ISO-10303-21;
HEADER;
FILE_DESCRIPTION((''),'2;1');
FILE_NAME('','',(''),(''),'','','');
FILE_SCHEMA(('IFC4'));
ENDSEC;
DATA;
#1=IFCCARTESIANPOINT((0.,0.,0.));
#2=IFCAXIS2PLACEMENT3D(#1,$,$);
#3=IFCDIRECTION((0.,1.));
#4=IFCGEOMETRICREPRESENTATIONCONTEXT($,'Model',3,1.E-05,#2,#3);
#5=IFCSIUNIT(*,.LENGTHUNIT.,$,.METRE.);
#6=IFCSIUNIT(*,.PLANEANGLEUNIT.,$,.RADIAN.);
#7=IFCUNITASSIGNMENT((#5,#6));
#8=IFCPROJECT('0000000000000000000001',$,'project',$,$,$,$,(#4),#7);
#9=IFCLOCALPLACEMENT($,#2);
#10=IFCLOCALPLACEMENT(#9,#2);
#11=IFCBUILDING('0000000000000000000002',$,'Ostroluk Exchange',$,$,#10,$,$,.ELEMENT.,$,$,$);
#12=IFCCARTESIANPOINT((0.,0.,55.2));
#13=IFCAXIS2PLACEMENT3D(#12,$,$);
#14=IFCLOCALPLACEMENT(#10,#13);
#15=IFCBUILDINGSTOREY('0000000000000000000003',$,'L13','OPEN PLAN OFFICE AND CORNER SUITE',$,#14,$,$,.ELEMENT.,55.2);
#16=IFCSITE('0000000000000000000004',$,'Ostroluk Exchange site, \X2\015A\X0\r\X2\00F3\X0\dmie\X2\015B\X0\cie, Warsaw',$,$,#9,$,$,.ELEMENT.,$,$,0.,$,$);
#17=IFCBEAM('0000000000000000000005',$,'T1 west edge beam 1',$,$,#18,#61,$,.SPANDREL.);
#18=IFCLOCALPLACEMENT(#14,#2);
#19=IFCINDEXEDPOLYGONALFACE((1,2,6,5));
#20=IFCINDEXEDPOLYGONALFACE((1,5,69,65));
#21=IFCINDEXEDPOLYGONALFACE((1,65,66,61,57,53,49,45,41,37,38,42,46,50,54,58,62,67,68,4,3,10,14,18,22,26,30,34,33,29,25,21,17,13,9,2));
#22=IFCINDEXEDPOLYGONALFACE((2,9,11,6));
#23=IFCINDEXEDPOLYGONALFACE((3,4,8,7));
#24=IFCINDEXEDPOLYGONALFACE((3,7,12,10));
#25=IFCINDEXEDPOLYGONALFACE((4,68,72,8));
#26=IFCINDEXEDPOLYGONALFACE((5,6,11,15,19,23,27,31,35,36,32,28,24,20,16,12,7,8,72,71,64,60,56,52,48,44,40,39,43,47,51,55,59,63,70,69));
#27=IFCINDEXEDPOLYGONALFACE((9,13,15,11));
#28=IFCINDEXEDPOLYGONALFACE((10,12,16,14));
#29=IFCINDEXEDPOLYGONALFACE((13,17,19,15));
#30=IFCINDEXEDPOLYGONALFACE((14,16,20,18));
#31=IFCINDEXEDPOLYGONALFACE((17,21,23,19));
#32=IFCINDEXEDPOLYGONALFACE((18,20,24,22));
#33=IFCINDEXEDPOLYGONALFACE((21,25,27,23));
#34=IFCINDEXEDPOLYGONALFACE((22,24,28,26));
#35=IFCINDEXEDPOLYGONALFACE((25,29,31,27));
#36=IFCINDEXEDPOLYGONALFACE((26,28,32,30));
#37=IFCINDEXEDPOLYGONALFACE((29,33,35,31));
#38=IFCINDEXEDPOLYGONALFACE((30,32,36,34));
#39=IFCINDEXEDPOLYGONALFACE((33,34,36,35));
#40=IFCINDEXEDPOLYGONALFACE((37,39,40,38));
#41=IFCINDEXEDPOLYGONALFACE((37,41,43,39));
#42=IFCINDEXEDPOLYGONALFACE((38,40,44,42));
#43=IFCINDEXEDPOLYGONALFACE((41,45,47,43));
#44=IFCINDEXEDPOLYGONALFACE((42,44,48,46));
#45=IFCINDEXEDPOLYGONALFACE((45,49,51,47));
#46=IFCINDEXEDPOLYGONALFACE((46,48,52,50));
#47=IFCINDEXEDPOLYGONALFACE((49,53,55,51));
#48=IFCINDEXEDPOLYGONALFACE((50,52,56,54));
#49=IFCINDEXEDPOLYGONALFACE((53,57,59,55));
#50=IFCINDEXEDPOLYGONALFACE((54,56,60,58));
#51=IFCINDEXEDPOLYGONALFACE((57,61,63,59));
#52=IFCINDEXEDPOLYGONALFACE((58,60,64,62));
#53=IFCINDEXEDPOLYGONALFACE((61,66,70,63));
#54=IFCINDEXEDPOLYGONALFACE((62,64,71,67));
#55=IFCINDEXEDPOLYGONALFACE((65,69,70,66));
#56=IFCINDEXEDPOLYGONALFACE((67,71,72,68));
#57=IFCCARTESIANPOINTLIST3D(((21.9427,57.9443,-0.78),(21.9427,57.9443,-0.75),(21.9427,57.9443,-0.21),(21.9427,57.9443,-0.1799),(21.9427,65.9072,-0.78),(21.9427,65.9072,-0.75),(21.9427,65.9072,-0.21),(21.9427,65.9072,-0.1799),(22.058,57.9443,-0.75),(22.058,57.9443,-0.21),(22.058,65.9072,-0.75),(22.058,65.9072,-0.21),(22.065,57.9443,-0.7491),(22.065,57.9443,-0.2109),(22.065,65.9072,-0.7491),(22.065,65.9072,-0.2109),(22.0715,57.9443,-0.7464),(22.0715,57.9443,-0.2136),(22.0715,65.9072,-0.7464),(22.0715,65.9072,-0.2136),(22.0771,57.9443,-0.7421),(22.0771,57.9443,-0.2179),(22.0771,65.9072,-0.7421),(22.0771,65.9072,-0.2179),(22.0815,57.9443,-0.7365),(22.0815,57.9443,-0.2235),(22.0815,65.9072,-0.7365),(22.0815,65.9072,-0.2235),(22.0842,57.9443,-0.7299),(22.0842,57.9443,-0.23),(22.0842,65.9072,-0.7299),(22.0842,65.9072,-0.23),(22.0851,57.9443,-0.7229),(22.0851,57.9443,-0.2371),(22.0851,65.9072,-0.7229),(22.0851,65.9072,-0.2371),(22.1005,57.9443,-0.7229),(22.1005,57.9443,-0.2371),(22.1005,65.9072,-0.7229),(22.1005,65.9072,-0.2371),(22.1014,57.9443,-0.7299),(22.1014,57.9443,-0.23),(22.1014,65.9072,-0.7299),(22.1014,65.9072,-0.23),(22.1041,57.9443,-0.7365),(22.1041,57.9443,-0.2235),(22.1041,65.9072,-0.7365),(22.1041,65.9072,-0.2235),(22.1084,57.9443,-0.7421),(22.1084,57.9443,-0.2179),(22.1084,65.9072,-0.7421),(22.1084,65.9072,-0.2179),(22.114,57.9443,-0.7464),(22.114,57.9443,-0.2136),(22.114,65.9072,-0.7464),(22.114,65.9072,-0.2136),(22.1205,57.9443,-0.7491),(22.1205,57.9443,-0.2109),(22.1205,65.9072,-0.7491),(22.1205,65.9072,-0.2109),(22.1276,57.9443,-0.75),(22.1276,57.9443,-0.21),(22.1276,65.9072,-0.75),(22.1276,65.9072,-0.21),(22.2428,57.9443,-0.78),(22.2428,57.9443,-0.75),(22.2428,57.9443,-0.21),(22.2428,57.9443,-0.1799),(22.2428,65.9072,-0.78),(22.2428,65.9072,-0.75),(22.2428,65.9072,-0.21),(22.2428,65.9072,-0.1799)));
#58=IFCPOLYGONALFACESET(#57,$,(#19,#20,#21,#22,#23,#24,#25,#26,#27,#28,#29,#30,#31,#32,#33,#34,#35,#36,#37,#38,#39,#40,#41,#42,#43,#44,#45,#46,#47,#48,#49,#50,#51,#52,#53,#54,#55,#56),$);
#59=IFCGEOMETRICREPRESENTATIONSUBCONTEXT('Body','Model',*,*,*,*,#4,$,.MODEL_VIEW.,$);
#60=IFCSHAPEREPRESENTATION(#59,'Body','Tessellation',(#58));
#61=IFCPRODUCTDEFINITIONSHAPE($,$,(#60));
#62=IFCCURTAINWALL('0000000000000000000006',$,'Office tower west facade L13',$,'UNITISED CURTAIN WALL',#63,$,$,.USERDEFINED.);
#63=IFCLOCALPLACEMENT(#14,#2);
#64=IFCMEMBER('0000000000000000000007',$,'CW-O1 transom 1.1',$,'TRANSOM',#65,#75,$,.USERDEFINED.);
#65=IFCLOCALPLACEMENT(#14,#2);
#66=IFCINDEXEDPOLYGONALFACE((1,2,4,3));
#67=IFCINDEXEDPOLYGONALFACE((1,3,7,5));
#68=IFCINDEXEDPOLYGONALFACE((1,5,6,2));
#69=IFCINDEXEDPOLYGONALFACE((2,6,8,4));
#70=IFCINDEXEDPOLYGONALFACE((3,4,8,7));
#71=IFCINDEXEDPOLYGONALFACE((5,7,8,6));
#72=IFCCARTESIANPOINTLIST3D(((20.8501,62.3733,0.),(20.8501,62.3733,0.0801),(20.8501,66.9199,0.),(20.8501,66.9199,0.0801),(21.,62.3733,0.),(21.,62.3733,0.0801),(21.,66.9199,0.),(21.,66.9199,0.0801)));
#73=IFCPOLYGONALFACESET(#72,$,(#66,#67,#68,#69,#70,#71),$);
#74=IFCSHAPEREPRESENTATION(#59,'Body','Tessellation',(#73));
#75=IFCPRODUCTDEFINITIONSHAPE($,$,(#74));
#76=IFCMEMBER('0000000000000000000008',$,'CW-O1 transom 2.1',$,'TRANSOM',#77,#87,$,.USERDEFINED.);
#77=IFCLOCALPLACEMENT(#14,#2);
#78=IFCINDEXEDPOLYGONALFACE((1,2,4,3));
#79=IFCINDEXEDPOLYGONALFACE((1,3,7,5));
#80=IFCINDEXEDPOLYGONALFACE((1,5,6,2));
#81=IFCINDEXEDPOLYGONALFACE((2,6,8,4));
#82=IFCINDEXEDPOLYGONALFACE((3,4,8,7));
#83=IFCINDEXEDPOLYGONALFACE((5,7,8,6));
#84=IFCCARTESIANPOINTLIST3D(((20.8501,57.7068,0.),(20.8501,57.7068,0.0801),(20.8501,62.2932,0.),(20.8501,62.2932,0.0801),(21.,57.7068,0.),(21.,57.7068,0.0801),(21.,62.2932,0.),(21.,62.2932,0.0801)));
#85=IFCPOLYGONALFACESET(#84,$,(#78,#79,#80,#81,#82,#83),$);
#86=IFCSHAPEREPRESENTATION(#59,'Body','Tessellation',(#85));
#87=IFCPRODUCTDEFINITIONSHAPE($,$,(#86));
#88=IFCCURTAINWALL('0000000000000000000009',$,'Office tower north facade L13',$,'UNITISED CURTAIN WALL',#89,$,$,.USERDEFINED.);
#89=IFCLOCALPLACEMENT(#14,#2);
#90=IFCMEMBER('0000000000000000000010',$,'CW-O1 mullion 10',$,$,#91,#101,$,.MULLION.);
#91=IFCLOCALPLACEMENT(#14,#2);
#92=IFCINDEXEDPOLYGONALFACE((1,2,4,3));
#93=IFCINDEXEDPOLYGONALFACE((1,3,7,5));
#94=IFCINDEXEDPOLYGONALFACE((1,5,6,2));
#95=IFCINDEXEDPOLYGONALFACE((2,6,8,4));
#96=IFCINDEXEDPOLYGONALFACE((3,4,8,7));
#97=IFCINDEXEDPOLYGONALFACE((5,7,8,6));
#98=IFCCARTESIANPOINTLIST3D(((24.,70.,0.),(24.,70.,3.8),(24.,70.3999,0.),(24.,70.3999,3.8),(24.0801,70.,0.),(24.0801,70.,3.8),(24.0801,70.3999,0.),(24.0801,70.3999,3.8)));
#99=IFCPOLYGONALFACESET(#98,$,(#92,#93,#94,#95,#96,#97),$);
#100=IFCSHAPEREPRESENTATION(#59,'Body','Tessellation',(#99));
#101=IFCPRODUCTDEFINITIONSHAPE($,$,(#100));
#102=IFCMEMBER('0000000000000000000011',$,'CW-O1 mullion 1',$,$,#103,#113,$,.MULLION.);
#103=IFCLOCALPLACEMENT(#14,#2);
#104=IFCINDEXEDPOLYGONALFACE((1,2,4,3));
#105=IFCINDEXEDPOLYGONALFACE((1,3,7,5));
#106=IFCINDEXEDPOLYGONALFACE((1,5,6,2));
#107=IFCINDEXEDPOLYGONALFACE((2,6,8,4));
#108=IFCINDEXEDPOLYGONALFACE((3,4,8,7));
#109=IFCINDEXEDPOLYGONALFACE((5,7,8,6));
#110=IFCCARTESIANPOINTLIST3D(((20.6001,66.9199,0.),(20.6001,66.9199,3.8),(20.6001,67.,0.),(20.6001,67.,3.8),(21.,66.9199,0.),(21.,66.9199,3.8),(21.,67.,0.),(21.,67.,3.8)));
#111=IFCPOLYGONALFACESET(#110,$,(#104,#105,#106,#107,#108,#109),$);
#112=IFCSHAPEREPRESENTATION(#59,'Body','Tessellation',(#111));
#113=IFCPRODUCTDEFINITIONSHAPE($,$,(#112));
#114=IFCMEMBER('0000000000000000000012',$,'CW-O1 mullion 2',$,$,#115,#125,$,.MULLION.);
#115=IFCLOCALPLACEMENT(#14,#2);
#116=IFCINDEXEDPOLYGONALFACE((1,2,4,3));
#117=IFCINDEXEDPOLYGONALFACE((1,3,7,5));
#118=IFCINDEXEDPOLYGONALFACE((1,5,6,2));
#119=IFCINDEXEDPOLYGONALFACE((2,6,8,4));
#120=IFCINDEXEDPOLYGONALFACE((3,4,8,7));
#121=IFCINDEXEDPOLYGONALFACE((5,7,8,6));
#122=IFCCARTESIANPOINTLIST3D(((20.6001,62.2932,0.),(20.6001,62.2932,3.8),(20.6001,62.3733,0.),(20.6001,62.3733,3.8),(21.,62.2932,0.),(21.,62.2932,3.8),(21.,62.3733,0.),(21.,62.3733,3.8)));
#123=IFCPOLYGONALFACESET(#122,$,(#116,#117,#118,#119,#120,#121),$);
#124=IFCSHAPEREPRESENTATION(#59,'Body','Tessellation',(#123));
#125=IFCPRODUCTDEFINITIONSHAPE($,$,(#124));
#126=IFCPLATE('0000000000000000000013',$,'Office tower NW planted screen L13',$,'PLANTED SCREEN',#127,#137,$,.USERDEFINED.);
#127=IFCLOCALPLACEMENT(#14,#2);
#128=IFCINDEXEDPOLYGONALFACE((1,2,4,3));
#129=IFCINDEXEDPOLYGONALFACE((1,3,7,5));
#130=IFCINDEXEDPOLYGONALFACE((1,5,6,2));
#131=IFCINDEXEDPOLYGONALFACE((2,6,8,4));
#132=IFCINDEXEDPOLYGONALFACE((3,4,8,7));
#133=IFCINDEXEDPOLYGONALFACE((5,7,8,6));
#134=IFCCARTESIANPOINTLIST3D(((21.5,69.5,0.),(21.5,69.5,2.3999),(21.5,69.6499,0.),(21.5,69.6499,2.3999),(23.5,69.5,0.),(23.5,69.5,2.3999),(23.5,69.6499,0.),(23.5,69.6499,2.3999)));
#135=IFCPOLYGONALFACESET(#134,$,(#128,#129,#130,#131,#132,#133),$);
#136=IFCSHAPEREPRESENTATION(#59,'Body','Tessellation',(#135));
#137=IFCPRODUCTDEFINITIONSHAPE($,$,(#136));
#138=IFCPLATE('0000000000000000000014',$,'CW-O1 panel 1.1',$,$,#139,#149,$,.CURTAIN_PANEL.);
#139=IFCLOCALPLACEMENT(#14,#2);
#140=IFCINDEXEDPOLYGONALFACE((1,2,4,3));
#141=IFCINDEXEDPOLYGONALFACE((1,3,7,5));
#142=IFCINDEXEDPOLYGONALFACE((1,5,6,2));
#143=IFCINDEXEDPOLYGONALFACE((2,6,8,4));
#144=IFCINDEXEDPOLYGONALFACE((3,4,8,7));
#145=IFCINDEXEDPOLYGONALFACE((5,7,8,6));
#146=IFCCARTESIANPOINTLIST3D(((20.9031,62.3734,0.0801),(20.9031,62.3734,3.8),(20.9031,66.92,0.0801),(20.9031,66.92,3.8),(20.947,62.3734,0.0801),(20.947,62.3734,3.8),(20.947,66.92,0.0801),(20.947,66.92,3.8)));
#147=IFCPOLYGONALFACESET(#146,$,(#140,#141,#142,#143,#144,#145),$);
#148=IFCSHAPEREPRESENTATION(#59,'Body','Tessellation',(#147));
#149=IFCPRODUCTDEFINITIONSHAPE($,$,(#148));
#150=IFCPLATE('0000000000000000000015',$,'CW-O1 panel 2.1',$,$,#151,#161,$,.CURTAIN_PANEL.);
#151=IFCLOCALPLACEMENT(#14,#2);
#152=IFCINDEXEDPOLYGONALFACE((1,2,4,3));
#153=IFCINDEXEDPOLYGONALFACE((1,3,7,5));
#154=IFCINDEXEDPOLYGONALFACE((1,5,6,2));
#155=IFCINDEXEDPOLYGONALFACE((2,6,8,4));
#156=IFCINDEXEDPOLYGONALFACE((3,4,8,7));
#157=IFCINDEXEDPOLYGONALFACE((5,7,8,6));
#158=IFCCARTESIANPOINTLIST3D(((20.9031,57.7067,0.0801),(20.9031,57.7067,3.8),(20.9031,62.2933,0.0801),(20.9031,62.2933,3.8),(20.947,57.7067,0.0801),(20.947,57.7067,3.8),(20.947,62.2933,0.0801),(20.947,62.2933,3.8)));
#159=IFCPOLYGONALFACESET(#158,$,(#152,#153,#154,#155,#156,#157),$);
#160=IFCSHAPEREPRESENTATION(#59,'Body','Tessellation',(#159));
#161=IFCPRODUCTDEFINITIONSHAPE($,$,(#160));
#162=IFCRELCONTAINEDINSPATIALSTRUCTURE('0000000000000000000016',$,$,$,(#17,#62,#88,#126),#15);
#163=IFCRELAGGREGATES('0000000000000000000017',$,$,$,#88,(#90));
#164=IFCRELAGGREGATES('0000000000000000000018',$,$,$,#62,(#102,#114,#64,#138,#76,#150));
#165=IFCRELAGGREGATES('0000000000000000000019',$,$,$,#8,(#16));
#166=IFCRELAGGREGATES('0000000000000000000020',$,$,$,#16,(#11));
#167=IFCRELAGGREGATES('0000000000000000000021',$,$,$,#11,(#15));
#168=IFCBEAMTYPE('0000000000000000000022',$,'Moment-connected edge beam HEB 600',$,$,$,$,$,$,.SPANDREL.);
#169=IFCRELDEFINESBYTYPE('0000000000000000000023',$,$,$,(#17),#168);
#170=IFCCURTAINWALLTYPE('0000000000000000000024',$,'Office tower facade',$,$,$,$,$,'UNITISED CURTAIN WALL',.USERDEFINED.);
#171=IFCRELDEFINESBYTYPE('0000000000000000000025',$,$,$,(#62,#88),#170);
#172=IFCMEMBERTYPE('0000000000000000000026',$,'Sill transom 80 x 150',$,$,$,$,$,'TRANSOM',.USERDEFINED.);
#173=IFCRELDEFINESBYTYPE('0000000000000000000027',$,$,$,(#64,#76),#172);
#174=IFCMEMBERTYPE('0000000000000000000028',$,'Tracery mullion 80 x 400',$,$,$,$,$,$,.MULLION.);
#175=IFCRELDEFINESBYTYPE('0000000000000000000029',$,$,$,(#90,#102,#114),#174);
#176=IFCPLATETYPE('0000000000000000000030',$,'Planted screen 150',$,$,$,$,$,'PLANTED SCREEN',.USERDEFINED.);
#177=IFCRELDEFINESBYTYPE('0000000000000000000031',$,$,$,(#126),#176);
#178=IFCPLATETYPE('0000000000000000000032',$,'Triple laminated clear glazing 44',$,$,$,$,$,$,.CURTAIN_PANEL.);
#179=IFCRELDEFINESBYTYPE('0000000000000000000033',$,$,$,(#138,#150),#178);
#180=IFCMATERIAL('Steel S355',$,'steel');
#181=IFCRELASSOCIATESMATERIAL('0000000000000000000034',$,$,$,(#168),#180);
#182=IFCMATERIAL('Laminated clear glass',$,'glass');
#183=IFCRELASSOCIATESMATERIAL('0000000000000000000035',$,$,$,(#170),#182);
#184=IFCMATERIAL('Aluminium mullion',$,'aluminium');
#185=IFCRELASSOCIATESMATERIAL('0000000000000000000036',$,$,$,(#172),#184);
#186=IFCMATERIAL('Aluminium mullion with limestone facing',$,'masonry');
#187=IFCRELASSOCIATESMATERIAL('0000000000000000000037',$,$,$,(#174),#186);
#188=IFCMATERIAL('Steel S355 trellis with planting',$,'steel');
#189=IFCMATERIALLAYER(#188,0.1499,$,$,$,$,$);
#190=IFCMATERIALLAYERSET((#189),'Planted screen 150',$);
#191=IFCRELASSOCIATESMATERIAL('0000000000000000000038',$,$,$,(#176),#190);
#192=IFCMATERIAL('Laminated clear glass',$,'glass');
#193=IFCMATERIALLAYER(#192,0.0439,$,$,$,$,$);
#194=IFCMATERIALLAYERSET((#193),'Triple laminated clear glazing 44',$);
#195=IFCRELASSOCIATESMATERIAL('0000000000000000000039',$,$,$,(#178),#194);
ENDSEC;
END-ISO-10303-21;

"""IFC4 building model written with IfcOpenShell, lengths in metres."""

from ifc_helpers import new_model, si_unit, direction, frame, origin, origin_2d, place, context, subcontext, project, spatial, rectangle, i_section, extrude, material, layer, layer_set, material_profile, profile_set, type_object, element, aggregate, save


model = new_model("IFC4")

# Units and contexts
model_context = context("Model", 3, precision=1e-05, world=origin(), true_north=direction((0.0, 1.0)))
body_context = subcontext(model_context, "Body", "Model", "MODEL_VIEW")
ifc_project = project(units=[si_unit("LENGTHUNIT", "METRE"), si_unit("PLANEANGLEUNIT", "RADIAN")], contexts=[model_context])

# Site, building, storey
site_placement = place(None, origin())
site = spatial("IfcSite", under=ifc_project, at=site_placement, Name="Ostroluk Exchange site, Śródmieście, Warsaw", CompositionType="ELEMENT", RefElevation=0.0)
building_placement = place(site_placement, origin())
building = spatial("IfcBuilding", under=site, at=building_placement, Name="Ostroluk Exchange", CompositionType="ELEMENT")
storey_placement = place(building_placement, frame((0.0, 0.0, 55.2)))
storey = spatial("IfcBuildingStorey", under=building, at=storey_placement, Name="L13", Description="OPEN PLAN OFFICE AND CORNER SUITE", CompositionType="ELEMENT", Elevation=55.2)

# Beam
ifc_material_1 = material(Name="Steel S355", Category="steel")
ifc_material_profile_1 = material_profile(ifc_material_1, i_section(OverallWidth=0.3, OverallDepth=0.6001, WebThickness=0.0154, FlangeThickness=0.03, FilletRadius=0.0271, at=origin_2d()), Name="HEB 600")
ifc_profile_set_1 = profile_set([ifc_material_profile_1], Name="Steel S355")
beam_type_1 = type_object("IfcBeamType", Name="Moment-connected edge beam HEB 600", PredefinedType="SPANDREL", material=ifc_profile_set_1)
beam_placement = place(storey_placement, frame((22.0928, 65.9072, -0.48), z_axis=(0.0, -1.0, 0.0), x_axis=(1.0, 0.0, 0.0)))
element("IfcBeam", 1, at=beam_placement, inside=storey, type_object=beam_type_1, Name="T1 west edge beam 1", PredefinedType="SPANDREL", context=body_context, shape_type="SweptSolid", body=[
    extrude(i_section(OverallWidth=0.3, OverallDepth=0.6001, WebThickness=0.0154, FlangeThickness=0.03, FilletRadius=0.0271, at=origin_2d()), origin(), (0.0, 0.0, 1.0), 7.9629),
])

# Curtain wall, members
ifc_material_2 = material(Name="Laminated clear glass", Category="glass")
curtain_wall_type = type_object("IfcCurtainWallType", Name="Office tower facade", ElementType="UNITISED CURTAIN WALL", PredefinedType="USERDEFINED", material=ifc_material_2)
curtain_wall_1_placement = place(storey_placement, origin())
curtain_wall_1 = element("IfcCurtainWall", 2, at=curtain_wall_1_placement, inside=storey, type_object=curtain_wall_type, Name="Office tower west facade L13", ObjectType="UNITISED CURTAIN WALL", PredefinedType="USERDEFINED")
ifc_material_3 = material(Name="Aluminium mullion", Category="aluminium")
ifc_material_profile_2 = material_profile(ifc_material_3, rectangle(XDim=0.1499, YDim=0.0801, at=origin_2d()), Name="Sill transom 80 x 150")
ifc_profile_set_2 = profile_set([ifc_material_profile_2], Name="Aluminium mullion")
member_type_1 = type_object("IfcMemberType", Name="Sill transom 80 x 150", ElementType="TRANSOM", PredefinedType="USERDEFINED", material=ifc_profile_set_2)
member_1_placement = place(storey_placement, frame((20.925, 66.9199, 0.04), z_axis=(0.0, -1.0, 0.0), x_axis=(1.0, 0.0, 0.0)))
member_1 = element("IfcMember", 3, at=member_1_placement, type_object=member_type_1, Name="CW-O1 transom 1.1", ObjectType="TRANSOM", PredefinedType="USERDEFINED", context=body_context, shape_type="SweptSolid", body=[
    extrude(rectangle(XDim=0.1499, YDim=0.0801, at=origin_2d()), origin(), (0.0, 0.0, 1.0), 4.5466),
])
member_2_placement = place(storey_placement, frame((20.925, 62.2932, 0.04), z_axis=(0.0, -1.0, 0.0), x_axis=(1.0, 0.0, 0.0)))
member_2 = element("IfcMember", 4, at=member_2_placement, type_object=member_type_1, Name="CW-O1 transom 2.1", ObjectType="TRANSOM", PredefinedType="USERDEFINED", context=body_context, shape_type="SweptSolid", body=[
    extrude(rectangle(XDim=0.1499, YDim=0.0801, at=origin_2d()), origin(), (0.0, 0.0, 1.0), 4.5864),
])

# Curtain wall, member
curtain_wall_2_placement = place(storey_placement, origin())
curtain_wall_2 = element("IfcCurtainWall", 5, at=curtain_wall_2_placement, inside=storey, type_object=curtain_wall_type, Name="Office tower north facade L13", ObjectType="UNITISED CURTAIN WALL", PredefinedType="USERDEFINED")
ifc_material_4 = material(Name="Aluminium mullion with limestone facing", Category="masonry")
ifc_material_profile_3 = material_profile(ifc_material_4, rectangle(XDim=0.3999, YDim=0.0801, at=origin_2d()), Name="Tracery mullion 80 x 400")
ifc_profile_set_3 = profile_set([ifc_material_profile_3], Name="Aluminium mullion with limestone facing")
member_type_2 = type_object("IfcMemberType", Name="Tracery mullion 80 x 400", PredefinedType="MULLION", material=ifc_profile_set_3)
member_3_placement = place(storey_placement, frame((24.04, 70.2, 0.0), z_axis=(0.0, 0.0, 1.0), x_axis=(0.0, -1.0, 0.0)))
member_3 = element("IfcMember", 6, at=member_3_placement, type_object=member_type_2, Name="CW-O1 mullion 10", PredefinedType="MULLION", context=body_context, shape_type="SweptSolid", body=[
    extrude(rectangle(XDim=0.3999, YDim=0.0801, at=origin_2d()), origin(), (0.0, 0.0, 1.0), 3.8),
])
aggregate(curtain_wall_2, [member_3])

# Members
member_4_placement = place(storey_placement, frame((20.8, 66.96, 0.0), z_axis=(0.0, 0.0, 1.0), x_axis=(1.0, 0.0, 0.0)))
member_4 = element("IfcMember", 7, at=member_4_placement, type_object=member_type_2, Name="CW-O1 mullion 1", PredefinedType="MULLION", context=body_context, shape_type="SweptSolid", body=[
    extrude(rectangle(XDim=0.3999, YDim=0.0801, at=origin_2d()), origin(), (0.0, 0.0, 1.0), 3.8),
])
member_5_placement = place(storey_placement, frame((20.8, 62.3333, 0.0), z_axis=(0.0, 0.0, 1.0), x_axis=(1.0, 0.0, 0.0)))
member_5 = element("IfcMember", 8, at=member_5_placement, type_object=member_type_2, Name="CW-O1 mullion 2", PredefinedType="MULLION", context=body_context, shape_type="SweptSolid", body=[
    extrude(rectangle(XDim=0.3999, YDim=0.0801, at=origin_2d()), origin(), (0.0, 0.0, 1.0), 3.8),
])

# Plates
ifc_material_5 = material(Name="Steel S355 trellis with planting", Category="steel")
ifc_layer_1 = layer(ifc_material_5, 0.1499)
ifc_layer_set_1 = layer_set([ifc_layer_1], Name="Planted screen 150")
plate_type_1 = type_object("IfcPlateType", Name="Planted screen 150", ElementType="PLANTED SCREEN", PredefinedType="USERDEFINED", material=ifc_layer_set_1)
plate_1_placement = place(storey_placement, frame((22.5, 69.575, 0.0), z_axis=(0.0, 0.0, 1.0), x_axis=(1.0, 0.0, 0.0)))
element("IfcPlate", 9, at=plate_1_placement, inside=storey, type_object=plate_type_1, Name="Office tower NW planted screen L13", ObjectType="PLANTED SCREEN", PredefinedType="USERDEFINED", context=body_context, shape_type="SweptSolid", body=[
    extrude(rectangle(XDim=2.0, YDim=0.1499, at=origin_2d()), origin(), (0.0, 0.0, 1.0), 2.3999),
])
ifc_material_6 = material(Name="Laminated clear glass", Category="glass")
ifc_layer_2 = layer(ifc_material_6, 0.0439)
ifc_layer_set_2 = layer_set([ifc_layer_2], Name="Triple laminated clear glazing 44")
plate_type_2 = type_object("IfcPlateType", Name="Triple laminated clear glazing 44", PredefinedType="CURTAIN_PANEL", material=ifc_layer_set_2)
plate_2_placement = place(storey_placement, frame((20.925, 64.6467, 0.0801), z_axis=(0.0, 0.0, 1.0), x_axis=(0.0, -1.0, 0.0)))
plate_2 = element("IfcPlate", 10, at=plate_2_placement, type_object=plate_type_2, Name="CW-O1 panel 1.1", PredefinedType="CURTAIN_PANEL", context=body_context, shape_type="SweptSolid", body=[
    extrude(rectangle(XDim=4.5466, YDim=0.0439, at=origin_2d()), origin(), (0.0, 0.0, 1.0), 3.72),
])
plate_3_placement = place(storey_placement, frame((20.925, 60.0, 0.0801), z_axis=(0.0, 0.0, 1.0), x_axis=(0.0, -1.0, 0.0)))
plate_3 = element("IfcPlate", 11, at=plate_3_placement, type_object=plate_type_2, Name="CW-O1 panel 2.1", PredefinedType="CURTAIN_PANEL", context=body_context, shape_type="SweptSolid", body=[
    extrude(rectangle(XDim=4.5867, YDim=0.0439, at=origin_2d()), origin(), (0.0, 0.0, 1.0), 3.72),
])
aggregate(curtain_wall_1, [member_4, member_5, member_1, plate_2, member_2, plate_3])

save(model, "model.ifc")
